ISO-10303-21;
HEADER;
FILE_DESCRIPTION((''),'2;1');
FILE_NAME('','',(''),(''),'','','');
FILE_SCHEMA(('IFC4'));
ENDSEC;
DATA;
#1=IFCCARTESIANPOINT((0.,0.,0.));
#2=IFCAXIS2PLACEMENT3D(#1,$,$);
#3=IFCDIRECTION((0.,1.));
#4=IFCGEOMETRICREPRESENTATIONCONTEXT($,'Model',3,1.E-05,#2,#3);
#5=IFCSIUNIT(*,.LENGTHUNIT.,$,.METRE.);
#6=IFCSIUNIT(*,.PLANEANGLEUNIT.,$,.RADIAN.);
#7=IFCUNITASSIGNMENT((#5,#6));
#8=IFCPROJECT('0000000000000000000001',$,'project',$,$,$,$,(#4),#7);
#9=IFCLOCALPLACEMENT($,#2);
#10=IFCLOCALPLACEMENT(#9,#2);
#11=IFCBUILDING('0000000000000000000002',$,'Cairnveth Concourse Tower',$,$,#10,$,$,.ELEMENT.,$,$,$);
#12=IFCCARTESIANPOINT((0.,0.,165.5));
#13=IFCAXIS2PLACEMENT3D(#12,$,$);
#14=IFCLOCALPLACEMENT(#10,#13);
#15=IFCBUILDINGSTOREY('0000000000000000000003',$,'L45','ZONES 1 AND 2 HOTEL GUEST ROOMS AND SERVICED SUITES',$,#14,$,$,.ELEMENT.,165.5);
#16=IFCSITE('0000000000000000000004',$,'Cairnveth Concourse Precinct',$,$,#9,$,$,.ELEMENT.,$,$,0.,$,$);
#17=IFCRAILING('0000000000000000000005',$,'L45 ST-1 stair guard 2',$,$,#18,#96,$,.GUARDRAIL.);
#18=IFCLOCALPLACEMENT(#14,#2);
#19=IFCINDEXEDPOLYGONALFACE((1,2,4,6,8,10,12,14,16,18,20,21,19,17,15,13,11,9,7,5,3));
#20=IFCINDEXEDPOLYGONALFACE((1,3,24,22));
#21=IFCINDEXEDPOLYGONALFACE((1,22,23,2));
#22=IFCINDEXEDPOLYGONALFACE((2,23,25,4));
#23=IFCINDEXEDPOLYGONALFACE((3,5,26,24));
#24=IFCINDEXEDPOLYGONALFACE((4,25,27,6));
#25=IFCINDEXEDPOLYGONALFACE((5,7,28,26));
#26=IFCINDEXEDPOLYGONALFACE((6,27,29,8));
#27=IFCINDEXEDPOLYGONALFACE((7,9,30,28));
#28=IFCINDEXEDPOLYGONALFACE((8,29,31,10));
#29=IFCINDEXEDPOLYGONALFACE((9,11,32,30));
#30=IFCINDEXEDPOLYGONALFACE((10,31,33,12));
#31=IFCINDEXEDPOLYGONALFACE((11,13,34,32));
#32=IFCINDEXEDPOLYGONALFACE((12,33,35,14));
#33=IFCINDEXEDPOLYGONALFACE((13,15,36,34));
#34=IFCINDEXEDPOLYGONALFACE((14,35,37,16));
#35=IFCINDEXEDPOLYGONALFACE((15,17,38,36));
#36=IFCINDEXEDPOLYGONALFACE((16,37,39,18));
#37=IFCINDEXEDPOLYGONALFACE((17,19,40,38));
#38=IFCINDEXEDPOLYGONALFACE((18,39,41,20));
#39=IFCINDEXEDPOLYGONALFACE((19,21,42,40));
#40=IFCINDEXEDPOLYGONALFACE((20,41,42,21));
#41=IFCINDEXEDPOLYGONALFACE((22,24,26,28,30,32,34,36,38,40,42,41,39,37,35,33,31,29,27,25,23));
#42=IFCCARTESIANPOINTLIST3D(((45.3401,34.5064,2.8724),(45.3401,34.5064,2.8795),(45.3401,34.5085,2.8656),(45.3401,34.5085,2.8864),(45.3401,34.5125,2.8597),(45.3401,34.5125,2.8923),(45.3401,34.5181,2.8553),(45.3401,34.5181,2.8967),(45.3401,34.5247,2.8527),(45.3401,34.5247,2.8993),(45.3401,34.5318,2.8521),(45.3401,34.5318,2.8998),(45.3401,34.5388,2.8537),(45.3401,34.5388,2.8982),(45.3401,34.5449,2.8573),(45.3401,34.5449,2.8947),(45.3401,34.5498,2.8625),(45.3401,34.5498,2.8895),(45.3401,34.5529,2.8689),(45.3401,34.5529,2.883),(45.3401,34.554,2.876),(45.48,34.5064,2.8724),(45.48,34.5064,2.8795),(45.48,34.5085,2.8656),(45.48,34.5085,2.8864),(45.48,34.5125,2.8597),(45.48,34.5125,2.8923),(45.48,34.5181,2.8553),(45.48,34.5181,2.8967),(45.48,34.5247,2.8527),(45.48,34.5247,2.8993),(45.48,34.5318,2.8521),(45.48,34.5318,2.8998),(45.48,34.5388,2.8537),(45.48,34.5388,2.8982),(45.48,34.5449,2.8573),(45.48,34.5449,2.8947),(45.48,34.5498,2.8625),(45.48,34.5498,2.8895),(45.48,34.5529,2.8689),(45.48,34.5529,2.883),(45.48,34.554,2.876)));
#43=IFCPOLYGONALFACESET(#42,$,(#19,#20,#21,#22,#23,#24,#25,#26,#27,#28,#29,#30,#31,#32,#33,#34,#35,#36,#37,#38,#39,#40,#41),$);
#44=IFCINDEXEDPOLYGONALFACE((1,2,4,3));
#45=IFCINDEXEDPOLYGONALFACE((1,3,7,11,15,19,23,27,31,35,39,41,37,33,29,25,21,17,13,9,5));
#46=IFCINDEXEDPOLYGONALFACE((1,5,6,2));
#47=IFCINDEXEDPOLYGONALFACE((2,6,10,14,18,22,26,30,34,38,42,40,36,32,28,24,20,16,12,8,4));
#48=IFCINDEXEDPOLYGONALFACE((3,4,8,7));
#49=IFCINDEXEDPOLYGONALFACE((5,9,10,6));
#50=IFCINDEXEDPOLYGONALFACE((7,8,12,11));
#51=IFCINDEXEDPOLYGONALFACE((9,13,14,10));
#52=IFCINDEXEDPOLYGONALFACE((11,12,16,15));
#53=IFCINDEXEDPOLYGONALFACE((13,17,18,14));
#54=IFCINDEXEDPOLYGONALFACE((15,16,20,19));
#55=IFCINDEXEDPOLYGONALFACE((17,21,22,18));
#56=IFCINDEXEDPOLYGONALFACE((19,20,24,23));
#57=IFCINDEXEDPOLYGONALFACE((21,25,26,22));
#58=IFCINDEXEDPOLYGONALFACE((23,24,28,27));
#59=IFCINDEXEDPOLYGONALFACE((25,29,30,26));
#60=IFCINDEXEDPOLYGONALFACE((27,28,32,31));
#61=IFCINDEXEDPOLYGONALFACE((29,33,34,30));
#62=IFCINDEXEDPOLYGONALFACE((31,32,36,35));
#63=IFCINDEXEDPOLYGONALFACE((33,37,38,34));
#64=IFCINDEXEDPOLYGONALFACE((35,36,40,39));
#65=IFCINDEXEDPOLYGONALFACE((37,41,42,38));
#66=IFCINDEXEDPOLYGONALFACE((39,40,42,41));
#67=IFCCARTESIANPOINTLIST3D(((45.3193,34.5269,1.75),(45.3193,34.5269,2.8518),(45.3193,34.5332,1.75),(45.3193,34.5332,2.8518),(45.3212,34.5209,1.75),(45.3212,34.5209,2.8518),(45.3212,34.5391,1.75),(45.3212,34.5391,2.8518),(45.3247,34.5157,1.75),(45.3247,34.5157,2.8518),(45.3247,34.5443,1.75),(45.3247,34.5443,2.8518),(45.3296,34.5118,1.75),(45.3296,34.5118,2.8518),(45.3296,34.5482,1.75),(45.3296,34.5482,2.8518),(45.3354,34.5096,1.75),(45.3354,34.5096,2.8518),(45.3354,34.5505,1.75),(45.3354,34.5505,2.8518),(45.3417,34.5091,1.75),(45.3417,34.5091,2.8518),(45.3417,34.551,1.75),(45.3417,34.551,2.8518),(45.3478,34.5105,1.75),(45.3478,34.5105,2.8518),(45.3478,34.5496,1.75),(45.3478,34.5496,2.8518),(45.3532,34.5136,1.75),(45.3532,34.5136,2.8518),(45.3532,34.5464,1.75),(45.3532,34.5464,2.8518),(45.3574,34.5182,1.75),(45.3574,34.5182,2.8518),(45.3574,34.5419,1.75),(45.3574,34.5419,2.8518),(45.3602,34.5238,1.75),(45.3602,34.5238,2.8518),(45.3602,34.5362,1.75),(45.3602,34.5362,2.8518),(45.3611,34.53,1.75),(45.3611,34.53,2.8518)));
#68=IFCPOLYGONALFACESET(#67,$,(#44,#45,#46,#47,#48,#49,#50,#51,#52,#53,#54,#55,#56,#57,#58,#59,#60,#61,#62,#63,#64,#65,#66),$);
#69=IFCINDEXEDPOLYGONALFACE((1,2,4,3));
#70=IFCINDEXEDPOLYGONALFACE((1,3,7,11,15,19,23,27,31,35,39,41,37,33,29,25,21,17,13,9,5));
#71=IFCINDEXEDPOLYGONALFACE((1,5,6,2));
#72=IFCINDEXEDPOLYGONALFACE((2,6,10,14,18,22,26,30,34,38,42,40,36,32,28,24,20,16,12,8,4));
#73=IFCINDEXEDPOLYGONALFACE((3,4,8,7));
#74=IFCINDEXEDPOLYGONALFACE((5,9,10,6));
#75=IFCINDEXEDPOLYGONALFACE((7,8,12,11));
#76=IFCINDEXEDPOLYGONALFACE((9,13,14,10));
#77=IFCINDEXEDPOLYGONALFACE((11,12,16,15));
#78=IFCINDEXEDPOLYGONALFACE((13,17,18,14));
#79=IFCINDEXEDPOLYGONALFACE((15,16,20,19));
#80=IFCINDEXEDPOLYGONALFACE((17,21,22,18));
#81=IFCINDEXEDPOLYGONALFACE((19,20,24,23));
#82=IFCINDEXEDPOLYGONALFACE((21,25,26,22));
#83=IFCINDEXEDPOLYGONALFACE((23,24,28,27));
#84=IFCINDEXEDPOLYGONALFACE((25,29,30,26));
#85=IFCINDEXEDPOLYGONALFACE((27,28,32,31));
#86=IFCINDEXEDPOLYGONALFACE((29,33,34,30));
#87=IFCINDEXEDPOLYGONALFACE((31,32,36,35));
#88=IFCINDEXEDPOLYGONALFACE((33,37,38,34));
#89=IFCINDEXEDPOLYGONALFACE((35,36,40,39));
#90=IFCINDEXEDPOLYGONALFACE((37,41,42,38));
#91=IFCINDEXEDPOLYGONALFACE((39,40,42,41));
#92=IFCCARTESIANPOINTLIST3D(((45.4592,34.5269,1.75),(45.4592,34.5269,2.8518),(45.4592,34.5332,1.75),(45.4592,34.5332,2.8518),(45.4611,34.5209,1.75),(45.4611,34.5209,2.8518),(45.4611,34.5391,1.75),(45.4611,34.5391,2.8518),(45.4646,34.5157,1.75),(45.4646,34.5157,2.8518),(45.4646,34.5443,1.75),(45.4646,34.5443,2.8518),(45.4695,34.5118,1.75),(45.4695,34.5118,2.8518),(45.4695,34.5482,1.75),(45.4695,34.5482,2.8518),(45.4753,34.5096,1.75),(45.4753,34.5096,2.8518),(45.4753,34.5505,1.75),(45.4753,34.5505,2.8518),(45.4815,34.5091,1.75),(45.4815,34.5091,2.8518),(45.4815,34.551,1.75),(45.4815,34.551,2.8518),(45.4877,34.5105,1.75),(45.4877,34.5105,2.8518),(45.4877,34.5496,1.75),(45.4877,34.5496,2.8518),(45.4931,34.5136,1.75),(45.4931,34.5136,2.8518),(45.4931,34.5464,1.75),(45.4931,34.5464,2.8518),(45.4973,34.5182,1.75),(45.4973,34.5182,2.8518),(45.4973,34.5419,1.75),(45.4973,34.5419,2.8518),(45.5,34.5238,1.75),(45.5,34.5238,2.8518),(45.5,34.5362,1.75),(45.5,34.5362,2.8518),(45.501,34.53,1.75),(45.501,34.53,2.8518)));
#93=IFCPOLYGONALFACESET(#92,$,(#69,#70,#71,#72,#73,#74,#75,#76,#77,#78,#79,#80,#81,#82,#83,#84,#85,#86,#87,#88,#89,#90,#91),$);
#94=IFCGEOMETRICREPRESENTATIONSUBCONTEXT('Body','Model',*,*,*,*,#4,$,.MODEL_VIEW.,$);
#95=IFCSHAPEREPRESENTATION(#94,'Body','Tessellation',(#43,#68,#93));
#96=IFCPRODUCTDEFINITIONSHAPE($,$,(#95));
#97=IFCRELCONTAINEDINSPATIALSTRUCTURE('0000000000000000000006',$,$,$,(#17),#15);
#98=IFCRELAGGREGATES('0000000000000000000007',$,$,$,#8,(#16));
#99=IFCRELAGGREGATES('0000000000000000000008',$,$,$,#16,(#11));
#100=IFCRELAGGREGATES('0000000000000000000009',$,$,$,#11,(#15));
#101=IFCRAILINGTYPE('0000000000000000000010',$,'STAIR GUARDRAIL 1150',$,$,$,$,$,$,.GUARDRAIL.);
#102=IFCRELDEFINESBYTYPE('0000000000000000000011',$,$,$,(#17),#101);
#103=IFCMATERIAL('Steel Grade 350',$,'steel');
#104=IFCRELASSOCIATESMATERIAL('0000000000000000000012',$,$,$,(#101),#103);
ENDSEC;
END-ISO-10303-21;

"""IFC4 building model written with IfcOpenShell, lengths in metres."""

from ifc_helpers import new_model, si_unit, direction, frame, origin, origin_2d, place, context, subcontext, project, spatial, circle, extrude, material, type_object, element, save


model = new_model("IFC4")

# Units and contexts
model_context = context("Model", 3, precision=1e-05, world=origin(), true_north=direction((0.0, 1.0)))
body_context = subcontext(model_context, "Body", "Model", "MODEL_VIEW")
ifc_project = project(units=[si_unit("LENGTHUNIT", "METRE"), si_unit("PLANEANGLEUNIT", "RADIAN")], contexts=[model_context])

# Site, building, storey
site_placement = place(None, origin())
site = spatial("IfcSite", under=ifc_project, at=site_placement, Name="Cairnveth Concourse Precinct", CompositionType="ELEMENT", RefElevation=0.0)
building_placement = place(site_placement, origin())
building = spatial("IfcBuilding", under=site, at=building_placement, Name="Cairnveth Concourse Tower", CompositionType="ELEMENT")
storey_placement = place(building_placement, frame((0.0, 0.0, 165.5)))
storey = spatial("IfcBuildingStorey", under=building, at=storey_placement, Name="L45", Description="ZONES 1 AND 2 HOTEL GUEST ROOMS AND SERVICED SUITES", CompositionType="ELEMENT", Elevation=165.5)

# Shared definitions
ifc_material_1 = material(Name="Steel Grade 350", Category="steel")

# Railing
railing_type = type_object("IfcRailingType", Name="STAIR GUARDRAIL 1150", PredefinedType="GUARDRAIL", material=ifc_material_1)
railing_placement = place(storey_placement, frame((45.3401, 34.53, 1.75)))
element("IfcRailing", 1, at=railing_placement, inside=storey, type_object=railing_type, Name="L45 ST-1 stair guard 2", PredefinedType="GUARDRAIL", context=body_context, shape_type="SweptSolid", body=[
    extrude(circle(Radius=0.0239, at=origin_2d()), frame((0.0, 0.0, 1.126), z_axis=(1.0, 0.0, 0.0), x_axis=(0.0, 1.0, 0.0)), (0.0, 0.0, 1.0), 0.1399),
    extrude(circle(Radius=0.021, at=origin_2d()), origin(), (0.0, 0.0, 1.0), 1.1018),
    extrude(circle(Radius=0.021, at=origin_2d()), frame((0.1399, 0.0, 0.0)), (0.0, 0.0, 1.0), 1.1018),
])

save(model, "model.ifc")
